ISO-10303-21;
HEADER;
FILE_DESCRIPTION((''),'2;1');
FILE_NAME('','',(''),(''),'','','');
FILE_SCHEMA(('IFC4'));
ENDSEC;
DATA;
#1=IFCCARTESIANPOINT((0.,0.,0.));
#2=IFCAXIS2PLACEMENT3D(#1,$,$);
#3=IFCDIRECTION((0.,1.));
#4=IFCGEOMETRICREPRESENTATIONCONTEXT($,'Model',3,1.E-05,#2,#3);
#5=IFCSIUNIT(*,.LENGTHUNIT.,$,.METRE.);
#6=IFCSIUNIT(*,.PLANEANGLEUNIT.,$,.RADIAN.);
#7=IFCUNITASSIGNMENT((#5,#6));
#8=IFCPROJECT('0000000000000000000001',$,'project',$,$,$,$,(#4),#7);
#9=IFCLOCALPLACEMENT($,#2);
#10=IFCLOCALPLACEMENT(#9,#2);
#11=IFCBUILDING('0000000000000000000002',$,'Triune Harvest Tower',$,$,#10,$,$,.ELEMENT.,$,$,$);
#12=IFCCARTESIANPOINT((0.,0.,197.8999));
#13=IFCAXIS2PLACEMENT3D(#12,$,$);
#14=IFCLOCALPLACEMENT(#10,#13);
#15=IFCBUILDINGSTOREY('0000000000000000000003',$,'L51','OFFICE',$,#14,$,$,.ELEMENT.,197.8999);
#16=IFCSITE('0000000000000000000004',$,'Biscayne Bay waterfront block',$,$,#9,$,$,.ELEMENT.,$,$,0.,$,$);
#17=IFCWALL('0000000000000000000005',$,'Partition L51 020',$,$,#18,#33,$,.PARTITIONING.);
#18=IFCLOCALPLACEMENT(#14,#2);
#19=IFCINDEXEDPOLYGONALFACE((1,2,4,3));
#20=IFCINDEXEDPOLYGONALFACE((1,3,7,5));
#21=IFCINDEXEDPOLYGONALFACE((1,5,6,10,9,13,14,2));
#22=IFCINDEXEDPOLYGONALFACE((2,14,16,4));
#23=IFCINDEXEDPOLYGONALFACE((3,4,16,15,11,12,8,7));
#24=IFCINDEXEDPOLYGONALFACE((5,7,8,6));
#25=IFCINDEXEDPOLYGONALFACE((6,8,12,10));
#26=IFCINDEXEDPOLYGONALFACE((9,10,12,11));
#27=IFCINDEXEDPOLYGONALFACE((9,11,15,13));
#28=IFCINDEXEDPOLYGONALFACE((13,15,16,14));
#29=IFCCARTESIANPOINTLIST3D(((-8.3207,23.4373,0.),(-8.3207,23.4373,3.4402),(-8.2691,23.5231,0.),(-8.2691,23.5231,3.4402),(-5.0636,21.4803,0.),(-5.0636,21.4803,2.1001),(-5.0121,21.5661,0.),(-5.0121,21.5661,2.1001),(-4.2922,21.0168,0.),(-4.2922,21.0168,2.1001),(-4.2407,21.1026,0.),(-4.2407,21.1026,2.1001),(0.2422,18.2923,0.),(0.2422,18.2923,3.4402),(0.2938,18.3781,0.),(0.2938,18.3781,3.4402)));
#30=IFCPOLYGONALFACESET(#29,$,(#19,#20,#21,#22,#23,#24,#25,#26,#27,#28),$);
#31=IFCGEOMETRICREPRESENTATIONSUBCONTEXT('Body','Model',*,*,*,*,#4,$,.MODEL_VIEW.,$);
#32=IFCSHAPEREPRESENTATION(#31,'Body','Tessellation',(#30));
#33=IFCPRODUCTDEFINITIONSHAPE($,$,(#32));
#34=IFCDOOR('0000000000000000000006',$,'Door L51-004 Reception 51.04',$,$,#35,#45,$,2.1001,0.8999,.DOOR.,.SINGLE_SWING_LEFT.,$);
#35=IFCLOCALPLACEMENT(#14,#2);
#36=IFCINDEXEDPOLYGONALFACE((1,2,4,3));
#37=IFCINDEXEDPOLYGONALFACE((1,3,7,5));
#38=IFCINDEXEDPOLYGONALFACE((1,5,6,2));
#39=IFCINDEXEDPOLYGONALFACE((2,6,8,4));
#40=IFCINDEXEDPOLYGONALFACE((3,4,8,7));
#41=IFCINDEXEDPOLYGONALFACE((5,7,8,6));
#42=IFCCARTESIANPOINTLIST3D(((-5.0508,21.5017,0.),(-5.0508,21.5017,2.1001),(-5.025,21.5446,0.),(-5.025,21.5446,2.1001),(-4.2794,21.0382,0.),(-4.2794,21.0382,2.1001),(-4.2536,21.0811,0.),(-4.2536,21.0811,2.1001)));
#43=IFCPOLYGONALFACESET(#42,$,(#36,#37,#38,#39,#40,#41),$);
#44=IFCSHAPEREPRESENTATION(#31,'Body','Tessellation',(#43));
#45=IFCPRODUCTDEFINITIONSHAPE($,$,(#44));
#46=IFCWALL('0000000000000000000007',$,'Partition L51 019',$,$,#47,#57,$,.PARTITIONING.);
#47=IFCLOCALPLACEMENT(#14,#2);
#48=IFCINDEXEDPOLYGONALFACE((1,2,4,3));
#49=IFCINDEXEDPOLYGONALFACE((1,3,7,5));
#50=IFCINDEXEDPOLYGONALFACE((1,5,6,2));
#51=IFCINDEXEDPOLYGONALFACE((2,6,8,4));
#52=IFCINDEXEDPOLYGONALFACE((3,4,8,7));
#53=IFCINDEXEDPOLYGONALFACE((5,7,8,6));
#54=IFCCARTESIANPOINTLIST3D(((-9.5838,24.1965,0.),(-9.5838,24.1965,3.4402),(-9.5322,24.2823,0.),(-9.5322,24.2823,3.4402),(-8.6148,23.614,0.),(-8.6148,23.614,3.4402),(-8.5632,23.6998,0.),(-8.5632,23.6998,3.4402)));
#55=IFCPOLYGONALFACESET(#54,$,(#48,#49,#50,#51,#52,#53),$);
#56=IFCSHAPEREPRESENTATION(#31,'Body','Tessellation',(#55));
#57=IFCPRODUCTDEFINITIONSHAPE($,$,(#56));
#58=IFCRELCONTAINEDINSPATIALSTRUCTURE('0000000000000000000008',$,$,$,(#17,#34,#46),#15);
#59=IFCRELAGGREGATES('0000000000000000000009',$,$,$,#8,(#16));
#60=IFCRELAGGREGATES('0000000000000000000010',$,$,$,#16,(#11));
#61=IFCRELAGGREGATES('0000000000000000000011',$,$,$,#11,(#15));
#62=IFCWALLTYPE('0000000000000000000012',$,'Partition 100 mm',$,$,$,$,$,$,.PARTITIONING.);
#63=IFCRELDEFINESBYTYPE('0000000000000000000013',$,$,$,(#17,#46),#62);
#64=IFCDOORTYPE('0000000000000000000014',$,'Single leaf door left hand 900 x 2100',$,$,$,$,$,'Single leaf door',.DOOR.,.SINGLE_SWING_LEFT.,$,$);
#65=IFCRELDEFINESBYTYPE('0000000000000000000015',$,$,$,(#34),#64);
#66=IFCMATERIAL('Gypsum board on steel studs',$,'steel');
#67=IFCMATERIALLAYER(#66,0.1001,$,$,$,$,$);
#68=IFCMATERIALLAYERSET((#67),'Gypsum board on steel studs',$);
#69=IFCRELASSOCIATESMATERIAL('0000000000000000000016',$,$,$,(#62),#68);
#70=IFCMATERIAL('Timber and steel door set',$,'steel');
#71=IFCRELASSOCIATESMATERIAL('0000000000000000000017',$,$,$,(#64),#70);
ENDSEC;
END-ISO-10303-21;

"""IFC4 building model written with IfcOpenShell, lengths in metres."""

from ifc_helpers import new_model, si_unit, direction, frame, frame_2d, origin, place, context, subcontext, project, spatial, rectangle, extrude, source, transform, mapped, material, layer, layer_set, type_object, element, fill, save


model = new_model("IFC4")

# Units and contexts
model_context = context("Model", 3, precision=1e-05, world=origin(), true_north=direction((0.0, 1.0)))
body_context = subcontext(model_context, "Body", "Model", "MODEL_VIEW")
ifc_project = project(units=[si_unit("LENGTHUNIT", "METRE"), si_unit("PLANEANGLEUNIT", "RADIAN")], contexts=[model_context])

# Site, building, storey
site_placement = place(None, origin())
site = spatial("IfcSite", under=ifc_project, at=site_placement, Name="Biscayne Bay waterfront block", CompositionType="ELEMENT", RefElevation=0.0)
building_placement = place(site_placement, origin())
building = spatial("IfcBuilding", under=site, at=building_placement, Name="Triune Harvest Tower", CompositionType="ELEMENT")
storey_placement = place(building_placement, frame((0.0, 0.0, 197.8999)))
storey = spatial("IfcBuildingStorey", under=building, at=storey_placement, Name="L51", Description="OFFICE", CompositionType="ELEMENT", Elevation=197.8999)

# Wall, opening, door
ifc_material_1 = material(Name="Gypsum board on steel studs", Category="steel")
ifc_layer_1 = layer(ifc_material_1, 0.1001)
ifc_layer_set_1 = layer_set([ifc_layer_1], Name="Gypsum board on steel studs")
wall_type = type_object("IfcWallType", Name="Partition 100 mm", PredefinedType="PARTITIONING", material=ifc_layer_set_1)
wall_1_placement = place(storey_placement, frame((-8.2949, 23.4802, 0.0), z_axis=(0.0, 0.0, 1.0), x_axis=(0.857174, -0.515028, 0.0)))
wall_1 = element("IfcWall", 1, at=wall_1_placement, inside=storey, type_object=wall_type, Name="Partition L51 020", PredefinedType="PARTITIONING", context=body_context, shape_type="SweptSolid", body=[
    extrude(rectangle(XDim=9.9897, YDim=0.1001, at=frame_2d((4.9949, 0.0))), origin(), (0.0, 0.0, 1.0), 3.4402),
])
opening_placement = place(wall_1_placement, frame((3.7998, 0.0, 0.0)))
opening = element("IfcOpeningElement", 2, at=opening_placement, cuts=wall_1, PredefinedType="OPENING", context=body_context, shape_type="SweptSolid", body=[
    extrude(rectangle(XDim=0.8999, YDim=2.1001, at=frame_2d((0.45, 1.05))), frame((0.0, 0.0601, 0.0), z_axis=(0.0, -1.0, 0.0), x_axis=(1.0, 0.0, 0.0)), (0.0, 0.0, 1.0), 0.1201),
])
ifc_material_2 = material(Name="Timber and steel door set", Category="steel")
door_type = type_object("IfcDoorType", Name="Single leaf door left hand 900 x 2100", ElementType="Single leaf door", OperationType="SINGLE_SWING_LEFT", PredefinedType="DOOR", material=ifc_material_2)
door_placement = place(opening_placement, origin())
door = element("IfcDoor", 3, at=door_placement, inside=storey, type_object=door_type, Name="Door L51-004 Reception 51.04", OperationType="SINGLE_SWING_LEFT", OverallHeight=2.1001, OverallWidth=0.8999, PredefinedType="DOOR", context=body_context, shape_type="SweptSolid", body=[
    extrude(rectangle(XDim=0.8999, YDim=2.1001, at=frame_2d((0.45, 1.05))), frame((0.0, 0.0249, 0.0), z_axis=(0.0, -1.0, 0.0), x_axis=(1.0, 0.0, 0.0)), (0.0, 0.0, 1.0), 0.05),
])
fill(opening, door)

# Wall
shared_shape_1 = source(origin(), body_context, "Body", "SweptSolid", [
    extrude(rectangle(XDim=1.1306, YDim=0.1001, at=frame_2d((0.5654, 0.0))), origin(), (0.0, 0.0, 1.0), 3.4402),
])
wall_2_placement = place(storey_placement, frame((-9.5581, 24.2395, 0.0), z_axis=(0.0, 0.0, 1.0), x_axis=(0.857054, -0.515226, 0.0)))
element("IfcWall", 4, at=wall_2_placement, inside=storey, type_object=wall_type, Name="Partition L51 019", PredefinedType="PARTITIONING", context=body_context, shape_type="MappedRepresentation", body=[
    mapped(shared_shape_1, transform((0.0, 0.0, 0.0), scale=1.0)),
])

save(model, "model.ifc")
